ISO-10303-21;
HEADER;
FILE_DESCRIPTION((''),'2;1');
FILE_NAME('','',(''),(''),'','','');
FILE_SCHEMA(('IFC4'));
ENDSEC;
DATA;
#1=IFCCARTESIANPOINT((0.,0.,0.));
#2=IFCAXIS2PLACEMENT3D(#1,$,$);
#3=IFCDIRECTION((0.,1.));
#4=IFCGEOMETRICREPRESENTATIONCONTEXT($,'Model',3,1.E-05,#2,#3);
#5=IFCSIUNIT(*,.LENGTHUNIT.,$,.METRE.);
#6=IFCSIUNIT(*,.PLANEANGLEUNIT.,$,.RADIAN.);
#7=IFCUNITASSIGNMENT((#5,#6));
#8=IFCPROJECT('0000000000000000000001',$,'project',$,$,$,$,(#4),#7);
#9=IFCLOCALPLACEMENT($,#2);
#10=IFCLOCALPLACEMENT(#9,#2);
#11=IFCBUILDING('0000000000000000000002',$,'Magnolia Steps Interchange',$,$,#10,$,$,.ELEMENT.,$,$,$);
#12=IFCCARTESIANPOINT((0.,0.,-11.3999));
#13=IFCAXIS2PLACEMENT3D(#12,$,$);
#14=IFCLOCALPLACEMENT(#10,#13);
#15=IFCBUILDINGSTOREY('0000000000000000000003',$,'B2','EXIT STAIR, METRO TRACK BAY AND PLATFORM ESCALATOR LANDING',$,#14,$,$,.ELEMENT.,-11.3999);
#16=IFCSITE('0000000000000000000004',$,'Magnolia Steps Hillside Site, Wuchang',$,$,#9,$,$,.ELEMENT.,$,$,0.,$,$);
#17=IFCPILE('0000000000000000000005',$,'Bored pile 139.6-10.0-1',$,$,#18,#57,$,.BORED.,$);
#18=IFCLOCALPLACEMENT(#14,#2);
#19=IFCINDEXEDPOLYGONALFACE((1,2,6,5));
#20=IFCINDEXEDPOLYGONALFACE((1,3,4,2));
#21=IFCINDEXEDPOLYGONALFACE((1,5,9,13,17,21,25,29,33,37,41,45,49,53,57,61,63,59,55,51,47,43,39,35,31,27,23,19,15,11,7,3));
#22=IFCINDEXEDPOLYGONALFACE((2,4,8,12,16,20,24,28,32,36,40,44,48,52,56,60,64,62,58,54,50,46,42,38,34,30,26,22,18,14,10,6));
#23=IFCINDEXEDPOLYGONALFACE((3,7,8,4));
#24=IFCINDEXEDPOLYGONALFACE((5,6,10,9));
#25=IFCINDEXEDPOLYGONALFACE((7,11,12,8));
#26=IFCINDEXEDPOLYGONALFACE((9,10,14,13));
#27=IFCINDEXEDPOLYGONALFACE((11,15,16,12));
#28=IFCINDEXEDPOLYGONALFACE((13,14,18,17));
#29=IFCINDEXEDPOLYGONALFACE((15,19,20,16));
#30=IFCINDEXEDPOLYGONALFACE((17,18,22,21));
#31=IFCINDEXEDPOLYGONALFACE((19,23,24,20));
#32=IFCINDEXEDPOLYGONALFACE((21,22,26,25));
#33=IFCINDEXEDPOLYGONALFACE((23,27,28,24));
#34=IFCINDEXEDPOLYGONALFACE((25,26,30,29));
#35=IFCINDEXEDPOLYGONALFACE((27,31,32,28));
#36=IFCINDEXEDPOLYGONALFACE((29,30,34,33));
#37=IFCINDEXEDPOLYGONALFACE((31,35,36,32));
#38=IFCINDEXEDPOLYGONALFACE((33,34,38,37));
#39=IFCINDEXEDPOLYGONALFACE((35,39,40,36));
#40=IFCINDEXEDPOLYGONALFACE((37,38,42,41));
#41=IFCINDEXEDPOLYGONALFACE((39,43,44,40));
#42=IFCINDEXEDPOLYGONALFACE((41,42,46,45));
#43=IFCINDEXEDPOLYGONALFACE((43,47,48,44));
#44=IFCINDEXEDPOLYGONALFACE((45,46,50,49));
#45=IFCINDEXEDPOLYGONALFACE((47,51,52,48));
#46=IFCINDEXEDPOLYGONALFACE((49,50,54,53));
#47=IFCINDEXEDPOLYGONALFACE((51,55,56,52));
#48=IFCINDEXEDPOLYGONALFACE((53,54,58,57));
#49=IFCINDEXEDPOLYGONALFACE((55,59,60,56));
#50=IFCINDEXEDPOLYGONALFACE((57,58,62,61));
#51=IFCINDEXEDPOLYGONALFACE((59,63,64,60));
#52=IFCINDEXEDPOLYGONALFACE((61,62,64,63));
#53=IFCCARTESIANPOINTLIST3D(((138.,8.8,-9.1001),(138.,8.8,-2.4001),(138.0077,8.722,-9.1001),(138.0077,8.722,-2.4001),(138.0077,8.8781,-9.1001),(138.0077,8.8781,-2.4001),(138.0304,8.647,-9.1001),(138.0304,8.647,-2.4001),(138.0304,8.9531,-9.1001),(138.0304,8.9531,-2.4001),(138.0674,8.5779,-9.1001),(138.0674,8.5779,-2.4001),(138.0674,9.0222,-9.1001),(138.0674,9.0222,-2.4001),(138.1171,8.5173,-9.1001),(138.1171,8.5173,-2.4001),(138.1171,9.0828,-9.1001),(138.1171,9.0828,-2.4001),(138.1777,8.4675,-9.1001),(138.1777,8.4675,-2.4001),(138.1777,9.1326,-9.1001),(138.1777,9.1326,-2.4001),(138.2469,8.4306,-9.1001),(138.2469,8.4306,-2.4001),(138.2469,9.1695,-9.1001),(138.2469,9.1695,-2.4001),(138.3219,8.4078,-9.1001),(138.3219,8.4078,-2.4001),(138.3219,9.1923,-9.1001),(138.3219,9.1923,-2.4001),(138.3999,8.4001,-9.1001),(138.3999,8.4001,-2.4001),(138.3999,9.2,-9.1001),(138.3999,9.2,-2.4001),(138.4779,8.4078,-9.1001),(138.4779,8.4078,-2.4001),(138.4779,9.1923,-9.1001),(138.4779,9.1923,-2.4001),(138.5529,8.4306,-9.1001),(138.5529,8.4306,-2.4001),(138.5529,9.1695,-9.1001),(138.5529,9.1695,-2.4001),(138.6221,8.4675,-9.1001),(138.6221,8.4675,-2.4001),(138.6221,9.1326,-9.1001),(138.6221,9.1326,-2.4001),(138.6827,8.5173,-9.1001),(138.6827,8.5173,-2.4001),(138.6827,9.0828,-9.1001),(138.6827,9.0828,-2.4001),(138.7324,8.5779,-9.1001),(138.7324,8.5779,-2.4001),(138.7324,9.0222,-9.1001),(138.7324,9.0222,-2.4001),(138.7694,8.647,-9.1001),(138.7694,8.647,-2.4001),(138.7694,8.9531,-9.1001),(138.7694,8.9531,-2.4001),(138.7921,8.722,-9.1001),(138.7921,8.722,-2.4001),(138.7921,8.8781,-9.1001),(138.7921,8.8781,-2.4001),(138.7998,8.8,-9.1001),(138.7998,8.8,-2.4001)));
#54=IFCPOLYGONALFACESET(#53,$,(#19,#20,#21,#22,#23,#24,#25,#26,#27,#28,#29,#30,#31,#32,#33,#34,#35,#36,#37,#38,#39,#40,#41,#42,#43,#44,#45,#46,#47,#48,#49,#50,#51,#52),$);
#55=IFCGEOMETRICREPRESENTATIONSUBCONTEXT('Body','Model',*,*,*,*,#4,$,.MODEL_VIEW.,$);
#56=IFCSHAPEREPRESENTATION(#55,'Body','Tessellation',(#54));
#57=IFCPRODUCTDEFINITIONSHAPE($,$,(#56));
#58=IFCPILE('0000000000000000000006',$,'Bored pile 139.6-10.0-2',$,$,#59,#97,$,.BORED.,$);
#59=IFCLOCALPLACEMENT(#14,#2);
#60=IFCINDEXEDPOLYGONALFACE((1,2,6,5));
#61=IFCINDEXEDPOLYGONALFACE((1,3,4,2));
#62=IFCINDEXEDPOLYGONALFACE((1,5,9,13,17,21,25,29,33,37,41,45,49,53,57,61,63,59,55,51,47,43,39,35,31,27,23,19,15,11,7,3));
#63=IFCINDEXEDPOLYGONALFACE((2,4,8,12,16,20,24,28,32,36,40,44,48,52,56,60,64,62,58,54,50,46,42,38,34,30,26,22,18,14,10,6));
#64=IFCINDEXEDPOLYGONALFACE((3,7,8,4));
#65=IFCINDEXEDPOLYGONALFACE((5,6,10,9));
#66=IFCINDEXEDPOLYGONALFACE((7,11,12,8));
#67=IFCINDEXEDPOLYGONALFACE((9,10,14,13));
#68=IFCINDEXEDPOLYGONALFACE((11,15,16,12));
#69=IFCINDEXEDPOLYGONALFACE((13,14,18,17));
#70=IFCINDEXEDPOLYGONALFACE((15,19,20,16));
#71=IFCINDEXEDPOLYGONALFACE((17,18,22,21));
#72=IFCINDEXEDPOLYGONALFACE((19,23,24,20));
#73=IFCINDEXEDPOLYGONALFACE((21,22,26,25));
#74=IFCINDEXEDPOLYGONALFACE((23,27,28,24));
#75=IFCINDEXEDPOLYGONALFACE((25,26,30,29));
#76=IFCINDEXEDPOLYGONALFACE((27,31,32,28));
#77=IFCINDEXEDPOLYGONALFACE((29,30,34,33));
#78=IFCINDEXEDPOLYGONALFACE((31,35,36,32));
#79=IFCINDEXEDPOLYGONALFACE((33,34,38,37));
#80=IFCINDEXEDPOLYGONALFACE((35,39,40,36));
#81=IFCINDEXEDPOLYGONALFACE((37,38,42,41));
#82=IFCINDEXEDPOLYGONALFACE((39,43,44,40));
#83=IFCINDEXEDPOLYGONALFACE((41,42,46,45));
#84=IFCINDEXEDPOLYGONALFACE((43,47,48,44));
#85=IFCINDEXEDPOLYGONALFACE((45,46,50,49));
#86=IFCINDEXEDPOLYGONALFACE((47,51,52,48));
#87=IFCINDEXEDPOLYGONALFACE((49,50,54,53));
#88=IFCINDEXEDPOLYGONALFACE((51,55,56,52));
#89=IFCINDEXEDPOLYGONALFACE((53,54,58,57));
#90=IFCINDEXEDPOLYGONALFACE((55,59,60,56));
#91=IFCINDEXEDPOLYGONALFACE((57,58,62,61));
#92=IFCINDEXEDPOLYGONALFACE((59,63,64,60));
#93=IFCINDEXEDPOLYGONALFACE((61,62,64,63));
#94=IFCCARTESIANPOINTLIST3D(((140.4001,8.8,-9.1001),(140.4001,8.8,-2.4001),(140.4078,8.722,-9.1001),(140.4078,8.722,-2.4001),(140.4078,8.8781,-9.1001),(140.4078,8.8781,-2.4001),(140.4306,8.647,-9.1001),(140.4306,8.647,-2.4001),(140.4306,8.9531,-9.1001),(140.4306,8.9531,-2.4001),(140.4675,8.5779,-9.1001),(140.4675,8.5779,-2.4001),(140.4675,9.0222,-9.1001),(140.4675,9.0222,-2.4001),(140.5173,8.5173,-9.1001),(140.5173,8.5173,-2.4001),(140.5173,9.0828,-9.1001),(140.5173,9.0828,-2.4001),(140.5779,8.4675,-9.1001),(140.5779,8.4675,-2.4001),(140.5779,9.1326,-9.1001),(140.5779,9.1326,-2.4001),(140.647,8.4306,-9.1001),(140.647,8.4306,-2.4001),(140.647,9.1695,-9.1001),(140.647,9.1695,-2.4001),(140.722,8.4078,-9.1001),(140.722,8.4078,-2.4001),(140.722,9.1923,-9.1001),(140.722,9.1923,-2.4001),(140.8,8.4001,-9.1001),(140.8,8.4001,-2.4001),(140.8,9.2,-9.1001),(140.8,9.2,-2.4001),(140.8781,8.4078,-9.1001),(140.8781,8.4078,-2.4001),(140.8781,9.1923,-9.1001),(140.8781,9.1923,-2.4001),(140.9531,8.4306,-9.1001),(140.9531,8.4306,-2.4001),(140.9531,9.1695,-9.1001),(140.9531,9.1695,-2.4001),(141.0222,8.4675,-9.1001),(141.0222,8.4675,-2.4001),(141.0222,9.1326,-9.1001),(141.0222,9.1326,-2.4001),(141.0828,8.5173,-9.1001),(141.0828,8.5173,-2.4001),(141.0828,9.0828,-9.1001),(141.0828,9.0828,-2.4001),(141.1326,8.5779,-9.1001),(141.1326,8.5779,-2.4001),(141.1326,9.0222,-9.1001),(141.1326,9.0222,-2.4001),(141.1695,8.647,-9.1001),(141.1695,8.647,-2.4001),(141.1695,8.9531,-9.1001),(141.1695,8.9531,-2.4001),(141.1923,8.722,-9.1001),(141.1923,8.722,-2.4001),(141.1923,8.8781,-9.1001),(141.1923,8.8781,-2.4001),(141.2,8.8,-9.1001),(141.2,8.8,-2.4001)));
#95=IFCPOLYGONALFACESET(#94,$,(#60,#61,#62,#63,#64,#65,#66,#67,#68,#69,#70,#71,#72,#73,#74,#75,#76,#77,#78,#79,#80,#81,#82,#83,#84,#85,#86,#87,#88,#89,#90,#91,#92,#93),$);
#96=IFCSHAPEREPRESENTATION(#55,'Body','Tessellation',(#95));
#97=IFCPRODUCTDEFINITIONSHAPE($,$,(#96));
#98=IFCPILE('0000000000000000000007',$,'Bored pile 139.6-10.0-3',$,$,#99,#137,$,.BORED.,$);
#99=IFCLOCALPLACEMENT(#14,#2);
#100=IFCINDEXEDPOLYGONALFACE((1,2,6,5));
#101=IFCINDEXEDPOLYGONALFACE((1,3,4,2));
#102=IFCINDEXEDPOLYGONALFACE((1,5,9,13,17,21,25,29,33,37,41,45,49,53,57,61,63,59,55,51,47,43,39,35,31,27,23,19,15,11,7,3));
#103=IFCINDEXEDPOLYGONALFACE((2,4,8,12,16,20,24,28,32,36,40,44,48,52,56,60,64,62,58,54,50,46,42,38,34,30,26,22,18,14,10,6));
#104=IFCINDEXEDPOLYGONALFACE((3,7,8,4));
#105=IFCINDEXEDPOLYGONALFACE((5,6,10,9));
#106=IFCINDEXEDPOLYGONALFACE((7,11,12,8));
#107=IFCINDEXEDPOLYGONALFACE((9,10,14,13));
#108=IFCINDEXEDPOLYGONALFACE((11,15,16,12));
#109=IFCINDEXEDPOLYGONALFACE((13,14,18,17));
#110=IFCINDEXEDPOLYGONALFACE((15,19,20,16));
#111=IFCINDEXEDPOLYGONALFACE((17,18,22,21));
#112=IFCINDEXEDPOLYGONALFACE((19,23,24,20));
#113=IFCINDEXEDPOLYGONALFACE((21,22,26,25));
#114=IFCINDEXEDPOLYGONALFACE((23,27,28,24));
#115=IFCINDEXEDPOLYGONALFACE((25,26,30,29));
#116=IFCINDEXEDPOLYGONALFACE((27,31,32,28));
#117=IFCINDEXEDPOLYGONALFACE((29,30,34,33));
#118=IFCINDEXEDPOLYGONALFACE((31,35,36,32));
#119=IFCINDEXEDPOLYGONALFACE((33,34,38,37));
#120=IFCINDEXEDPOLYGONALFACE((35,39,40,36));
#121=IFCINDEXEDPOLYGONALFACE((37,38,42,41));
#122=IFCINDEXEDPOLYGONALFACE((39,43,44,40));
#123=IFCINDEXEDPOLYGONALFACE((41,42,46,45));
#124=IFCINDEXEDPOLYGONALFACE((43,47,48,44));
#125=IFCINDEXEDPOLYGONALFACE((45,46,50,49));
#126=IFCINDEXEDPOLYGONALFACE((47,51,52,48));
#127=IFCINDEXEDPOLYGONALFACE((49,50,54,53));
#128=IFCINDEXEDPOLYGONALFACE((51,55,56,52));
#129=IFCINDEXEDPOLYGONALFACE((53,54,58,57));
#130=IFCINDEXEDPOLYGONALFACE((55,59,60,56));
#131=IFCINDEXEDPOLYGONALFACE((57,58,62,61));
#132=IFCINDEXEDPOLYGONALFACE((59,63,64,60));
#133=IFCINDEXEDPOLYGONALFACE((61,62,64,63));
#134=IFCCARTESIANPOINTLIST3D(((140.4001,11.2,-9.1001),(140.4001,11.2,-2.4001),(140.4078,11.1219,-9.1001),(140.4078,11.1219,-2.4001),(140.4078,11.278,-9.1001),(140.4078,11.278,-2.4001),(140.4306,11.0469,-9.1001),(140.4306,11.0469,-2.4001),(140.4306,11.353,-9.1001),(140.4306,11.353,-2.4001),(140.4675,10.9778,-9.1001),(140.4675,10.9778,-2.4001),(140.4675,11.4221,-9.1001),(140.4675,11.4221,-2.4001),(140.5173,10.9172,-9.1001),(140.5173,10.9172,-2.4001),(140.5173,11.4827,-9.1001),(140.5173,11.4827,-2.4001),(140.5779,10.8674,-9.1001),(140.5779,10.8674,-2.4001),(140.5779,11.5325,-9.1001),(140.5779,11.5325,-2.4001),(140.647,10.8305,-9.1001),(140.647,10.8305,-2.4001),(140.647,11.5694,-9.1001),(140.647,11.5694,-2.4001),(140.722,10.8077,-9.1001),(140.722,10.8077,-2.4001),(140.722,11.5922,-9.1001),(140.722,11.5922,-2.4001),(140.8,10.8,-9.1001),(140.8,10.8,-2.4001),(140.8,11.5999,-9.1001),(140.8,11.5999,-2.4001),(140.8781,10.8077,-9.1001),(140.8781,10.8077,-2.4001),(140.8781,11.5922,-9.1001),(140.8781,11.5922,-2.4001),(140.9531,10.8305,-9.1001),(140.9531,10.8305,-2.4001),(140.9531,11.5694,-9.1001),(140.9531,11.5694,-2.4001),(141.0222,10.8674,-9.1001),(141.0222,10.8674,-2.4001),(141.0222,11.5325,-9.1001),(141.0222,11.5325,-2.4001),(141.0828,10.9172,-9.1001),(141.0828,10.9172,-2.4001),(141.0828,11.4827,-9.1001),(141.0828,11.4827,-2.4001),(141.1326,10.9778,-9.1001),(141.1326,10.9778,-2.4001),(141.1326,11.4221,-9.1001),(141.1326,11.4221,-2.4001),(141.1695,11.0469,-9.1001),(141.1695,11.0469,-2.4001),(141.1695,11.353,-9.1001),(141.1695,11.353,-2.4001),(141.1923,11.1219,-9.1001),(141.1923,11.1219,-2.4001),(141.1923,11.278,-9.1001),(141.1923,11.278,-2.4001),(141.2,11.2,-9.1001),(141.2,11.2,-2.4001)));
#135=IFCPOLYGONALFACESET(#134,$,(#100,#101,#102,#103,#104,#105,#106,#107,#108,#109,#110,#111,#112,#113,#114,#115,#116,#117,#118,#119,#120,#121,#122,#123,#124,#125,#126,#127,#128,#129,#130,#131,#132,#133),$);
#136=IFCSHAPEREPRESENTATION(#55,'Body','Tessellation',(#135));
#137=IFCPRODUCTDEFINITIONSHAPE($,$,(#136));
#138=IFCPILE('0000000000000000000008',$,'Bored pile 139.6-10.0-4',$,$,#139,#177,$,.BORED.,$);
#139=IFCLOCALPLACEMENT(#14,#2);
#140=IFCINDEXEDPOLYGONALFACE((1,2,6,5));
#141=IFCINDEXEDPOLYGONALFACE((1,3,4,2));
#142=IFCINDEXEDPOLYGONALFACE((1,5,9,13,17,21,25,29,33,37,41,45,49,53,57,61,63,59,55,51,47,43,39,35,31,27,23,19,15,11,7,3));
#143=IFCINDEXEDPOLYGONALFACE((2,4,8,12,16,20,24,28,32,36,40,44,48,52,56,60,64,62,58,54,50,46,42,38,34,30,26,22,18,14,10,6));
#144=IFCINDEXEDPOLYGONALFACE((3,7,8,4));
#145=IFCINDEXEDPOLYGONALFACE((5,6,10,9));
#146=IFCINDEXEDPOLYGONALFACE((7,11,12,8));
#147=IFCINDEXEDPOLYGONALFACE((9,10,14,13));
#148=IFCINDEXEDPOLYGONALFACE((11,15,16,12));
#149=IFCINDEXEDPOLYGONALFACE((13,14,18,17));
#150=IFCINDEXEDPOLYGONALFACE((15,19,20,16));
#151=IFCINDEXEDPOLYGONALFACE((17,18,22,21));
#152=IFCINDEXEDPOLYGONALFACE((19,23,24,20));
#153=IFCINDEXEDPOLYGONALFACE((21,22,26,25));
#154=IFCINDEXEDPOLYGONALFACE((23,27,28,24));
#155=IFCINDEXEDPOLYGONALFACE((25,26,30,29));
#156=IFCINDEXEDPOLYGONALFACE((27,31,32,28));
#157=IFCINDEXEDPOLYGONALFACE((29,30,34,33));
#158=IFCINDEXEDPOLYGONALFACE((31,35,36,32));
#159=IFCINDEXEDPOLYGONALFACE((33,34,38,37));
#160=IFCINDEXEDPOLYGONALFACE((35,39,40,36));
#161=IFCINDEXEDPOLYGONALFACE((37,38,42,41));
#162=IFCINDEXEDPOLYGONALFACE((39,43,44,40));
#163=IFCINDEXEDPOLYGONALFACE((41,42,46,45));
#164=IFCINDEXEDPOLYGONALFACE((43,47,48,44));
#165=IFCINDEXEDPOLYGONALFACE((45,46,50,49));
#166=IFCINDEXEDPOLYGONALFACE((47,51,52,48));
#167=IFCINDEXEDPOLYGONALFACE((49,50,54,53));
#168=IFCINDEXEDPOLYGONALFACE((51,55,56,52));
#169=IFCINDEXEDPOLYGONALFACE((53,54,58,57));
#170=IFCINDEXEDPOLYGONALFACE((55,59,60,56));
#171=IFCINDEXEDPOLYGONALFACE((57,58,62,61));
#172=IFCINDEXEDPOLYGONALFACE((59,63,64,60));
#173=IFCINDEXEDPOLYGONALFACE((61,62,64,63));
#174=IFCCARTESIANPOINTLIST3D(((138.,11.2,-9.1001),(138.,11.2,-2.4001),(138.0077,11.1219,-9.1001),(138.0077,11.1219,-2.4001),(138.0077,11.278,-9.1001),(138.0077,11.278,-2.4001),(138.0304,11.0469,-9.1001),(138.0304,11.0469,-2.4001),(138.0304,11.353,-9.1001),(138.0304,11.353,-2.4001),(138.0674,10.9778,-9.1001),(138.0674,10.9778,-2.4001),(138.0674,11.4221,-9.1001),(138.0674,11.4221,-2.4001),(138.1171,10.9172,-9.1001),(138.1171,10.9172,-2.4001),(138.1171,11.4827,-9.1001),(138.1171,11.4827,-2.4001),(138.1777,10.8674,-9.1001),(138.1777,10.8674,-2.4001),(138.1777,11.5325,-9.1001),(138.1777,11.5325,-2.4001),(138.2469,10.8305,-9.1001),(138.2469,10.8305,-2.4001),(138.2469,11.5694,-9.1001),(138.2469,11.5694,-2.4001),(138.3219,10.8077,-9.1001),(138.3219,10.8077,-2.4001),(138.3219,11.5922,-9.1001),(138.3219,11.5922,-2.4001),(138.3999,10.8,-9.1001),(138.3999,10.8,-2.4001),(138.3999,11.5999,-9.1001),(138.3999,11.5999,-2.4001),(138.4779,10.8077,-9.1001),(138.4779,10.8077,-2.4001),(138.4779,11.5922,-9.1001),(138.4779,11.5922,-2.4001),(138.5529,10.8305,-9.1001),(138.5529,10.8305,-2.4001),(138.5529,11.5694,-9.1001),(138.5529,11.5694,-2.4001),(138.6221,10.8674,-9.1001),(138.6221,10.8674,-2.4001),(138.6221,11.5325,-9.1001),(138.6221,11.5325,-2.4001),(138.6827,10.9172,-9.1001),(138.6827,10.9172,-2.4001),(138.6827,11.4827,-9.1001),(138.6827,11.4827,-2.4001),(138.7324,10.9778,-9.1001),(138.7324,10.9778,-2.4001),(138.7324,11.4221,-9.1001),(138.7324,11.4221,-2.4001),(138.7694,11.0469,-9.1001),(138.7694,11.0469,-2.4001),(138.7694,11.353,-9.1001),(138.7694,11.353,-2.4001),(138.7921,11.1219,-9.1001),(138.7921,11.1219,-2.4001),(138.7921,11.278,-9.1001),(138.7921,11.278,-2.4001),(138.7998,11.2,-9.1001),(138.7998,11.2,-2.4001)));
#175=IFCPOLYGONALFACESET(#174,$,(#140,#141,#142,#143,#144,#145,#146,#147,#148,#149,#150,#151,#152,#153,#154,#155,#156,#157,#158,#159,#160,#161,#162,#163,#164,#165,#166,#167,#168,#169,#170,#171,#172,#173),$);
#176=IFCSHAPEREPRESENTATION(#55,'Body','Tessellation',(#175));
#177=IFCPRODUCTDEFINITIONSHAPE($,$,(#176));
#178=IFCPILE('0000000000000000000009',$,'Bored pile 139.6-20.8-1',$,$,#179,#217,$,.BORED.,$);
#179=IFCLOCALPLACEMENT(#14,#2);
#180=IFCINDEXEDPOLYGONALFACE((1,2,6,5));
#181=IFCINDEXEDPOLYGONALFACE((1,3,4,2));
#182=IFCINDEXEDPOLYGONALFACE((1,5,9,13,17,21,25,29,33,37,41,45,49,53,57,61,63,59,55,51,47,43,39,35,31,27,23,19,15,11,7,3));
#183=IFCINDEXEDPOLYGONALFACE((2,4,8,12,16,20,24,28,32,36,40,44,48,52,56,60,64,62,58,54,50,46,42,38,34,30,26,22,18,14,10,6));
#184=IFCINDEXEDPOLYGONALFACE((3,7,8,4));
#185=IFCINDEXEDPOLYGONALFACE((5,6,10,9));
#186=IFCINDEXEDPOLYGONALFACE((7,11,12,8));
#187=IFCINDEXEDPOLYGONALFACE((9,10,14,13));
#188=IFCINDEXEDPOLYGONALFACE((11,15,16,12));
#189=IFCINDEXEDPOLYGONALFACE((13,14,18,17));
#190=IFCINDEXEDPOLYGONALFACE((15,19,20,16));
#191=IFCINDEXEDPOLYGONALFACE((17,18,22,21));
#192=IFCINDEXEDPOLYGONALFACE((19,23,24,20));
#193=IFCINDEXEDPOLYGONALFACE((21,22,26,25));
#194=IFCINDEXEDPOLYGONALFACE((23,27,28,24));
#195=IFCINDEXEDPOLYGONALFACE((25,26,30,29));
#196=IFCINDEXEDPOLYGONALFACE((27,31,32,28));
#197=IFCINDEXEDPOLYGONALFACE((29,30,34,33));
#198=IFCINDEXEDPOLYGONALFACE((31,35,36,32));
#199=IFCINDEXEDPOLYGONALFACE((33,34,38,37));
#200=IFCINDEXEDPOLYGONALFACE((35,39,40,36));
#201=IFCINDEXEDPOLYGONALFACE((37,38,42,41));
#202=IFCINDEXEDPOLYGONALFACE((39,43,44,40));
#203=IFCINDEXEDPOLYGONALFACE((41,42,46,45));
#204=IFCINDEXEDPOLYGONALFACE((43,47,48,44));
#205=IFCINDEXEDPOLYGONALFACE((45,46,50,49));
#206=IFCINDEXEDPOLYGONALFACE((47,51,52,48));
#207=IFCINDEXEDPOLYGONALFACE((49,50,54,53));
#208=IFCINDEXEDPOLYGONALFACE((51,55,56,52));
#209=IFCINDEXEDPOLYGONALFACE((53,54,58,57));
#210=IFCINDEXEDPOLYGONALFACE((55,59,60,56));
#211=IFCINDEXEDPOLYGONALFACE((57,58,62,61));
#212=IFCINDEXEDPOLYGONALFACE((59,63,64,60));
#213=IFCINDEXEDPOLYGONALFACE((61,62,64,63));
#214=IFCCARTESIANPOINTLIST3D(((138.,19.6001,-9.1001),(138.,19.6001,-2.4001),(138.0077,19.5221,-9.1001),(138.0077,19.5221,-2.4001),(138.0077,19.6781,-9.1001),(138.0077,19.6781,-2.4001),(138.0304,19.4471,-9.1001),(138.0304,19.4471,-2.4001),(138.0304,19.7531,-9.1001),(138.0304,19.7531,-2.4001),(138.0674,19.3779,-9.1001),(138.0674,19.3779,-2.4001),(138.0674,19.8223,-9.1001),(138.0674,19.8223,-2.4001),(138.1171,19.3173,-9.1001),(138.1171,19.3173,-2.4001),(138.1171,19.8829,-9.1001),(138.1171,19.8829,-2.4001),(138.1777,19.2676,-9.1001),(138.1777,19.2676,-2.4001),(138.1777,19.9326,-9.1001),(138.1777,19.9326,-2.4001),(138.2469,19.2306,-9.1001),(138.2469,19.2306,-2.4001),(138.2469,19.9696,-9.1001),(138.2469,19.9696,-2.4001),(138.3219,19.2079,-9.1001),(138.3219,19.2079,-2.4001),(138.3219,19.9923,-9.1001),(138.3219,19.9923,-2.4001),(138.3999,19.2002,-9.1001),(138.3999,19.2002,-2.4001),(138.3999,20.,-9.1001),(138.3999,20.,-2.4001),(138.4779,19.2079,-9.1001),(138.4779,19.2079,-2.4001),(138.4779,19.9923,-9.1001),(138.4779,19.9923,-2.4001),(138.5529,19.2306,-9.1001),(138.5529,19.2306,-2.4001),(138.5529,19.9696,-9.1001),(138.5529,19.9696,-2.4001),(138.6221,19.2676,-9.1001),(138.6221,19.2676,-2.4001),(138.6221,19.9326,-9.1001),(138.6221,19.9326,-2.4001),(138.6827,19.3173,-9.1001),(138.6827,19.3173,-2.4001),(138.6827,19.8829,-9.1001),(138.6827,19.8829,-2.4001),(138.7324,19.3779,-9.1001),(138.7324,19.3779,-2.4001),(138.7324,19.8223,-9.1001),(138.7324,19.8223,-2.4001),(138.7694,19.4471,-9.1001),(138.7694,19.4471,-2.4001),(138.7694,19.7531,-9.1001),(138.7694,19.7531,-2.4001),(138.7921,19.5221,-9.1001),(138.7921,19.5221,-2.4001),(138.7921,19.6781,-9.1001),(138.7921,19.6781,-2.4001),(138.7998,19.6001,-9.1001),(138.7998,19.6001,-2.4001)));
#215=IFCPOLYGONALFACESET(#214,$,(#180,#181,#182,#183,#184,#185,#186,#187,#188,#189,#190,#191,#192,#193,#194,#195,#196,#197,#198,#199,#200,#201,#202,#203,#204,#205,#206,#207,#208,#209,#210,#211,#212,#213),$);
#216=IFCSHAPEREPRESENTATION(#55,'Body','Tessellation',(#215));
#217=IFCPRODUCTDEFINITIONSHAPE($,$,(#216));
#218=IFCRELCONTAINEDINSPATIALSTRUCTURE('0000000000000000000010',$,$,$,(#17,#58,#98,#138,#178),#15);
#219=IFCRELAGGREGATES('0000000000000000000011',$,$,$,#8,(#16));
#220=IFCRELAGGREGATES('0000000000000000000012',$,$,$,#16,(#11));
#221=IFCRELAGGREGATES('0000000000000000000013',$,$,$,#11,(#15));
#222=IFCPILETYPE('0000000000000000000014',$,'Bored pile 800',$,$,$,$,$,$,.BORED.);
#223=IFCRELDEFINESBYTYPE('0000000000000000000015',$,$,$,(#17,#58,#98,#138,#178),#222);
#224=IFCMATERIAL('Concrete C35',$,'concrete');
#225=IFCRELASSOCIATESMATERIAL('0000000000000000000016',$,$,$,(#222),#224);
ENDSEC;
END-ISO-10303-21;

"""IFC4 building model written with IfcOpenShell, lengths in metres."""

from ifc_helpers import new_model, si_unit, direction, frame, origin, origin_2d, place, context, subcontext, project, spatial, circle, extrude, material, material_profile, profile_set, type_object, element, save


model = new_model("IFC4")

# Units and contexts
model_context = context("Model", 3, precision=1e-05, world=origin(), true_north=direction((0.0, 1.0)))
body_context = subcontext(model_context, "Body", "Model", "MODEL_VIEW")
ifc_project = project(units=[si_unit("LENGTHUNIT", "METRE"), si_unit("PLANEANGLEUNIT", "RADIAN")], contexts=[model_context])

# Site, building, storey
site_placement = place(None, origin())
site = spatial("IfcSite", under=ifc_project, at=site_placement, Name="Magnolia Steps Hillside Site, Wuchang", CompositionType="ELEMENT", RefElevation=0.0)
building_placement = place(site_placement, origin())
building = spatial("IfcBuilding", under=site, at=building_placement, Name="Magnolia Steps Interchange", CompositionType="ELEMENT")
storey_placement = place(building_placement, frame((0.0, 0.0, -11.3999)))
storey = spatial("IfcBuildingStorey", under=building, at=storey_placement, Name="B2", Description="EXIT STAIR, METRO TRACK BAY AND PLATFORM ESCALATOR LANDING", CompositionType="ELEMENT", Elevation=-11.3999)

# Piles
ifc_material_1 = material(Name="Concrete C35", Category="concrete")
ifc_material_profile_1 = material_profile(ifc_material_1, circle(Radius=0.3999, at=origin_2d()), Name="Bored pile 800")
ifc_profile_set_1 = profile_set([ifc_material_profile_1], Name="Concrete C35")
pile_type = type_object("IfcPileType", Name="Bored pile 800", PredefinedType="BORED", material=ifc_profile_set_1)
for number, where, z_axis, x_axis, name in (
    (1, (138.3999, 8.8, -2.4001), (0.0, 0.0, -1.0), (1.0, 0.0, 0.0), "Bored pile 139.6-10.0-1"),
    (2, (140.8, 8.8, -2.4001), (0.0, 0.0, -1.0), (1.0, 0.0, 0.0), "Bored pile 139.6-10.0-2"),
    (3, (140.8, 11.2, -2.4001), (0.0, 0.0, -1.0), (1.0, 0.0, 0.0), "Bored pile 139.6-10.0-3"),
    (4, (138.3999, 11.2, -2.4001), (0.0, 0.0, -1.0), (1.0, 0.0, 0.0), "Bored pile 139.6-10.0-4"),
    (5, (138.3999, 19.6001, -2.4001), (0.0, 0.0, -1.0), (1.0, 0.0, 0.0), "Bored pile 139.6-20.8-1"),
):
    element("IfcPile", number, at=place(storey_placement, frame(where, z_axis=z_axis, x_axis=x_axis)), inside=storey, type_object=pile_type, Name=name, PredefinedType="BORED", context=body_context, shape_type="SweptSolid", body=[
        extrude(circle(Radius=0.3999, at=origin_2d()), origin(), (0.0, 0.0, 1.0), 6.7),
    ])

save(model, "model.ifc")
